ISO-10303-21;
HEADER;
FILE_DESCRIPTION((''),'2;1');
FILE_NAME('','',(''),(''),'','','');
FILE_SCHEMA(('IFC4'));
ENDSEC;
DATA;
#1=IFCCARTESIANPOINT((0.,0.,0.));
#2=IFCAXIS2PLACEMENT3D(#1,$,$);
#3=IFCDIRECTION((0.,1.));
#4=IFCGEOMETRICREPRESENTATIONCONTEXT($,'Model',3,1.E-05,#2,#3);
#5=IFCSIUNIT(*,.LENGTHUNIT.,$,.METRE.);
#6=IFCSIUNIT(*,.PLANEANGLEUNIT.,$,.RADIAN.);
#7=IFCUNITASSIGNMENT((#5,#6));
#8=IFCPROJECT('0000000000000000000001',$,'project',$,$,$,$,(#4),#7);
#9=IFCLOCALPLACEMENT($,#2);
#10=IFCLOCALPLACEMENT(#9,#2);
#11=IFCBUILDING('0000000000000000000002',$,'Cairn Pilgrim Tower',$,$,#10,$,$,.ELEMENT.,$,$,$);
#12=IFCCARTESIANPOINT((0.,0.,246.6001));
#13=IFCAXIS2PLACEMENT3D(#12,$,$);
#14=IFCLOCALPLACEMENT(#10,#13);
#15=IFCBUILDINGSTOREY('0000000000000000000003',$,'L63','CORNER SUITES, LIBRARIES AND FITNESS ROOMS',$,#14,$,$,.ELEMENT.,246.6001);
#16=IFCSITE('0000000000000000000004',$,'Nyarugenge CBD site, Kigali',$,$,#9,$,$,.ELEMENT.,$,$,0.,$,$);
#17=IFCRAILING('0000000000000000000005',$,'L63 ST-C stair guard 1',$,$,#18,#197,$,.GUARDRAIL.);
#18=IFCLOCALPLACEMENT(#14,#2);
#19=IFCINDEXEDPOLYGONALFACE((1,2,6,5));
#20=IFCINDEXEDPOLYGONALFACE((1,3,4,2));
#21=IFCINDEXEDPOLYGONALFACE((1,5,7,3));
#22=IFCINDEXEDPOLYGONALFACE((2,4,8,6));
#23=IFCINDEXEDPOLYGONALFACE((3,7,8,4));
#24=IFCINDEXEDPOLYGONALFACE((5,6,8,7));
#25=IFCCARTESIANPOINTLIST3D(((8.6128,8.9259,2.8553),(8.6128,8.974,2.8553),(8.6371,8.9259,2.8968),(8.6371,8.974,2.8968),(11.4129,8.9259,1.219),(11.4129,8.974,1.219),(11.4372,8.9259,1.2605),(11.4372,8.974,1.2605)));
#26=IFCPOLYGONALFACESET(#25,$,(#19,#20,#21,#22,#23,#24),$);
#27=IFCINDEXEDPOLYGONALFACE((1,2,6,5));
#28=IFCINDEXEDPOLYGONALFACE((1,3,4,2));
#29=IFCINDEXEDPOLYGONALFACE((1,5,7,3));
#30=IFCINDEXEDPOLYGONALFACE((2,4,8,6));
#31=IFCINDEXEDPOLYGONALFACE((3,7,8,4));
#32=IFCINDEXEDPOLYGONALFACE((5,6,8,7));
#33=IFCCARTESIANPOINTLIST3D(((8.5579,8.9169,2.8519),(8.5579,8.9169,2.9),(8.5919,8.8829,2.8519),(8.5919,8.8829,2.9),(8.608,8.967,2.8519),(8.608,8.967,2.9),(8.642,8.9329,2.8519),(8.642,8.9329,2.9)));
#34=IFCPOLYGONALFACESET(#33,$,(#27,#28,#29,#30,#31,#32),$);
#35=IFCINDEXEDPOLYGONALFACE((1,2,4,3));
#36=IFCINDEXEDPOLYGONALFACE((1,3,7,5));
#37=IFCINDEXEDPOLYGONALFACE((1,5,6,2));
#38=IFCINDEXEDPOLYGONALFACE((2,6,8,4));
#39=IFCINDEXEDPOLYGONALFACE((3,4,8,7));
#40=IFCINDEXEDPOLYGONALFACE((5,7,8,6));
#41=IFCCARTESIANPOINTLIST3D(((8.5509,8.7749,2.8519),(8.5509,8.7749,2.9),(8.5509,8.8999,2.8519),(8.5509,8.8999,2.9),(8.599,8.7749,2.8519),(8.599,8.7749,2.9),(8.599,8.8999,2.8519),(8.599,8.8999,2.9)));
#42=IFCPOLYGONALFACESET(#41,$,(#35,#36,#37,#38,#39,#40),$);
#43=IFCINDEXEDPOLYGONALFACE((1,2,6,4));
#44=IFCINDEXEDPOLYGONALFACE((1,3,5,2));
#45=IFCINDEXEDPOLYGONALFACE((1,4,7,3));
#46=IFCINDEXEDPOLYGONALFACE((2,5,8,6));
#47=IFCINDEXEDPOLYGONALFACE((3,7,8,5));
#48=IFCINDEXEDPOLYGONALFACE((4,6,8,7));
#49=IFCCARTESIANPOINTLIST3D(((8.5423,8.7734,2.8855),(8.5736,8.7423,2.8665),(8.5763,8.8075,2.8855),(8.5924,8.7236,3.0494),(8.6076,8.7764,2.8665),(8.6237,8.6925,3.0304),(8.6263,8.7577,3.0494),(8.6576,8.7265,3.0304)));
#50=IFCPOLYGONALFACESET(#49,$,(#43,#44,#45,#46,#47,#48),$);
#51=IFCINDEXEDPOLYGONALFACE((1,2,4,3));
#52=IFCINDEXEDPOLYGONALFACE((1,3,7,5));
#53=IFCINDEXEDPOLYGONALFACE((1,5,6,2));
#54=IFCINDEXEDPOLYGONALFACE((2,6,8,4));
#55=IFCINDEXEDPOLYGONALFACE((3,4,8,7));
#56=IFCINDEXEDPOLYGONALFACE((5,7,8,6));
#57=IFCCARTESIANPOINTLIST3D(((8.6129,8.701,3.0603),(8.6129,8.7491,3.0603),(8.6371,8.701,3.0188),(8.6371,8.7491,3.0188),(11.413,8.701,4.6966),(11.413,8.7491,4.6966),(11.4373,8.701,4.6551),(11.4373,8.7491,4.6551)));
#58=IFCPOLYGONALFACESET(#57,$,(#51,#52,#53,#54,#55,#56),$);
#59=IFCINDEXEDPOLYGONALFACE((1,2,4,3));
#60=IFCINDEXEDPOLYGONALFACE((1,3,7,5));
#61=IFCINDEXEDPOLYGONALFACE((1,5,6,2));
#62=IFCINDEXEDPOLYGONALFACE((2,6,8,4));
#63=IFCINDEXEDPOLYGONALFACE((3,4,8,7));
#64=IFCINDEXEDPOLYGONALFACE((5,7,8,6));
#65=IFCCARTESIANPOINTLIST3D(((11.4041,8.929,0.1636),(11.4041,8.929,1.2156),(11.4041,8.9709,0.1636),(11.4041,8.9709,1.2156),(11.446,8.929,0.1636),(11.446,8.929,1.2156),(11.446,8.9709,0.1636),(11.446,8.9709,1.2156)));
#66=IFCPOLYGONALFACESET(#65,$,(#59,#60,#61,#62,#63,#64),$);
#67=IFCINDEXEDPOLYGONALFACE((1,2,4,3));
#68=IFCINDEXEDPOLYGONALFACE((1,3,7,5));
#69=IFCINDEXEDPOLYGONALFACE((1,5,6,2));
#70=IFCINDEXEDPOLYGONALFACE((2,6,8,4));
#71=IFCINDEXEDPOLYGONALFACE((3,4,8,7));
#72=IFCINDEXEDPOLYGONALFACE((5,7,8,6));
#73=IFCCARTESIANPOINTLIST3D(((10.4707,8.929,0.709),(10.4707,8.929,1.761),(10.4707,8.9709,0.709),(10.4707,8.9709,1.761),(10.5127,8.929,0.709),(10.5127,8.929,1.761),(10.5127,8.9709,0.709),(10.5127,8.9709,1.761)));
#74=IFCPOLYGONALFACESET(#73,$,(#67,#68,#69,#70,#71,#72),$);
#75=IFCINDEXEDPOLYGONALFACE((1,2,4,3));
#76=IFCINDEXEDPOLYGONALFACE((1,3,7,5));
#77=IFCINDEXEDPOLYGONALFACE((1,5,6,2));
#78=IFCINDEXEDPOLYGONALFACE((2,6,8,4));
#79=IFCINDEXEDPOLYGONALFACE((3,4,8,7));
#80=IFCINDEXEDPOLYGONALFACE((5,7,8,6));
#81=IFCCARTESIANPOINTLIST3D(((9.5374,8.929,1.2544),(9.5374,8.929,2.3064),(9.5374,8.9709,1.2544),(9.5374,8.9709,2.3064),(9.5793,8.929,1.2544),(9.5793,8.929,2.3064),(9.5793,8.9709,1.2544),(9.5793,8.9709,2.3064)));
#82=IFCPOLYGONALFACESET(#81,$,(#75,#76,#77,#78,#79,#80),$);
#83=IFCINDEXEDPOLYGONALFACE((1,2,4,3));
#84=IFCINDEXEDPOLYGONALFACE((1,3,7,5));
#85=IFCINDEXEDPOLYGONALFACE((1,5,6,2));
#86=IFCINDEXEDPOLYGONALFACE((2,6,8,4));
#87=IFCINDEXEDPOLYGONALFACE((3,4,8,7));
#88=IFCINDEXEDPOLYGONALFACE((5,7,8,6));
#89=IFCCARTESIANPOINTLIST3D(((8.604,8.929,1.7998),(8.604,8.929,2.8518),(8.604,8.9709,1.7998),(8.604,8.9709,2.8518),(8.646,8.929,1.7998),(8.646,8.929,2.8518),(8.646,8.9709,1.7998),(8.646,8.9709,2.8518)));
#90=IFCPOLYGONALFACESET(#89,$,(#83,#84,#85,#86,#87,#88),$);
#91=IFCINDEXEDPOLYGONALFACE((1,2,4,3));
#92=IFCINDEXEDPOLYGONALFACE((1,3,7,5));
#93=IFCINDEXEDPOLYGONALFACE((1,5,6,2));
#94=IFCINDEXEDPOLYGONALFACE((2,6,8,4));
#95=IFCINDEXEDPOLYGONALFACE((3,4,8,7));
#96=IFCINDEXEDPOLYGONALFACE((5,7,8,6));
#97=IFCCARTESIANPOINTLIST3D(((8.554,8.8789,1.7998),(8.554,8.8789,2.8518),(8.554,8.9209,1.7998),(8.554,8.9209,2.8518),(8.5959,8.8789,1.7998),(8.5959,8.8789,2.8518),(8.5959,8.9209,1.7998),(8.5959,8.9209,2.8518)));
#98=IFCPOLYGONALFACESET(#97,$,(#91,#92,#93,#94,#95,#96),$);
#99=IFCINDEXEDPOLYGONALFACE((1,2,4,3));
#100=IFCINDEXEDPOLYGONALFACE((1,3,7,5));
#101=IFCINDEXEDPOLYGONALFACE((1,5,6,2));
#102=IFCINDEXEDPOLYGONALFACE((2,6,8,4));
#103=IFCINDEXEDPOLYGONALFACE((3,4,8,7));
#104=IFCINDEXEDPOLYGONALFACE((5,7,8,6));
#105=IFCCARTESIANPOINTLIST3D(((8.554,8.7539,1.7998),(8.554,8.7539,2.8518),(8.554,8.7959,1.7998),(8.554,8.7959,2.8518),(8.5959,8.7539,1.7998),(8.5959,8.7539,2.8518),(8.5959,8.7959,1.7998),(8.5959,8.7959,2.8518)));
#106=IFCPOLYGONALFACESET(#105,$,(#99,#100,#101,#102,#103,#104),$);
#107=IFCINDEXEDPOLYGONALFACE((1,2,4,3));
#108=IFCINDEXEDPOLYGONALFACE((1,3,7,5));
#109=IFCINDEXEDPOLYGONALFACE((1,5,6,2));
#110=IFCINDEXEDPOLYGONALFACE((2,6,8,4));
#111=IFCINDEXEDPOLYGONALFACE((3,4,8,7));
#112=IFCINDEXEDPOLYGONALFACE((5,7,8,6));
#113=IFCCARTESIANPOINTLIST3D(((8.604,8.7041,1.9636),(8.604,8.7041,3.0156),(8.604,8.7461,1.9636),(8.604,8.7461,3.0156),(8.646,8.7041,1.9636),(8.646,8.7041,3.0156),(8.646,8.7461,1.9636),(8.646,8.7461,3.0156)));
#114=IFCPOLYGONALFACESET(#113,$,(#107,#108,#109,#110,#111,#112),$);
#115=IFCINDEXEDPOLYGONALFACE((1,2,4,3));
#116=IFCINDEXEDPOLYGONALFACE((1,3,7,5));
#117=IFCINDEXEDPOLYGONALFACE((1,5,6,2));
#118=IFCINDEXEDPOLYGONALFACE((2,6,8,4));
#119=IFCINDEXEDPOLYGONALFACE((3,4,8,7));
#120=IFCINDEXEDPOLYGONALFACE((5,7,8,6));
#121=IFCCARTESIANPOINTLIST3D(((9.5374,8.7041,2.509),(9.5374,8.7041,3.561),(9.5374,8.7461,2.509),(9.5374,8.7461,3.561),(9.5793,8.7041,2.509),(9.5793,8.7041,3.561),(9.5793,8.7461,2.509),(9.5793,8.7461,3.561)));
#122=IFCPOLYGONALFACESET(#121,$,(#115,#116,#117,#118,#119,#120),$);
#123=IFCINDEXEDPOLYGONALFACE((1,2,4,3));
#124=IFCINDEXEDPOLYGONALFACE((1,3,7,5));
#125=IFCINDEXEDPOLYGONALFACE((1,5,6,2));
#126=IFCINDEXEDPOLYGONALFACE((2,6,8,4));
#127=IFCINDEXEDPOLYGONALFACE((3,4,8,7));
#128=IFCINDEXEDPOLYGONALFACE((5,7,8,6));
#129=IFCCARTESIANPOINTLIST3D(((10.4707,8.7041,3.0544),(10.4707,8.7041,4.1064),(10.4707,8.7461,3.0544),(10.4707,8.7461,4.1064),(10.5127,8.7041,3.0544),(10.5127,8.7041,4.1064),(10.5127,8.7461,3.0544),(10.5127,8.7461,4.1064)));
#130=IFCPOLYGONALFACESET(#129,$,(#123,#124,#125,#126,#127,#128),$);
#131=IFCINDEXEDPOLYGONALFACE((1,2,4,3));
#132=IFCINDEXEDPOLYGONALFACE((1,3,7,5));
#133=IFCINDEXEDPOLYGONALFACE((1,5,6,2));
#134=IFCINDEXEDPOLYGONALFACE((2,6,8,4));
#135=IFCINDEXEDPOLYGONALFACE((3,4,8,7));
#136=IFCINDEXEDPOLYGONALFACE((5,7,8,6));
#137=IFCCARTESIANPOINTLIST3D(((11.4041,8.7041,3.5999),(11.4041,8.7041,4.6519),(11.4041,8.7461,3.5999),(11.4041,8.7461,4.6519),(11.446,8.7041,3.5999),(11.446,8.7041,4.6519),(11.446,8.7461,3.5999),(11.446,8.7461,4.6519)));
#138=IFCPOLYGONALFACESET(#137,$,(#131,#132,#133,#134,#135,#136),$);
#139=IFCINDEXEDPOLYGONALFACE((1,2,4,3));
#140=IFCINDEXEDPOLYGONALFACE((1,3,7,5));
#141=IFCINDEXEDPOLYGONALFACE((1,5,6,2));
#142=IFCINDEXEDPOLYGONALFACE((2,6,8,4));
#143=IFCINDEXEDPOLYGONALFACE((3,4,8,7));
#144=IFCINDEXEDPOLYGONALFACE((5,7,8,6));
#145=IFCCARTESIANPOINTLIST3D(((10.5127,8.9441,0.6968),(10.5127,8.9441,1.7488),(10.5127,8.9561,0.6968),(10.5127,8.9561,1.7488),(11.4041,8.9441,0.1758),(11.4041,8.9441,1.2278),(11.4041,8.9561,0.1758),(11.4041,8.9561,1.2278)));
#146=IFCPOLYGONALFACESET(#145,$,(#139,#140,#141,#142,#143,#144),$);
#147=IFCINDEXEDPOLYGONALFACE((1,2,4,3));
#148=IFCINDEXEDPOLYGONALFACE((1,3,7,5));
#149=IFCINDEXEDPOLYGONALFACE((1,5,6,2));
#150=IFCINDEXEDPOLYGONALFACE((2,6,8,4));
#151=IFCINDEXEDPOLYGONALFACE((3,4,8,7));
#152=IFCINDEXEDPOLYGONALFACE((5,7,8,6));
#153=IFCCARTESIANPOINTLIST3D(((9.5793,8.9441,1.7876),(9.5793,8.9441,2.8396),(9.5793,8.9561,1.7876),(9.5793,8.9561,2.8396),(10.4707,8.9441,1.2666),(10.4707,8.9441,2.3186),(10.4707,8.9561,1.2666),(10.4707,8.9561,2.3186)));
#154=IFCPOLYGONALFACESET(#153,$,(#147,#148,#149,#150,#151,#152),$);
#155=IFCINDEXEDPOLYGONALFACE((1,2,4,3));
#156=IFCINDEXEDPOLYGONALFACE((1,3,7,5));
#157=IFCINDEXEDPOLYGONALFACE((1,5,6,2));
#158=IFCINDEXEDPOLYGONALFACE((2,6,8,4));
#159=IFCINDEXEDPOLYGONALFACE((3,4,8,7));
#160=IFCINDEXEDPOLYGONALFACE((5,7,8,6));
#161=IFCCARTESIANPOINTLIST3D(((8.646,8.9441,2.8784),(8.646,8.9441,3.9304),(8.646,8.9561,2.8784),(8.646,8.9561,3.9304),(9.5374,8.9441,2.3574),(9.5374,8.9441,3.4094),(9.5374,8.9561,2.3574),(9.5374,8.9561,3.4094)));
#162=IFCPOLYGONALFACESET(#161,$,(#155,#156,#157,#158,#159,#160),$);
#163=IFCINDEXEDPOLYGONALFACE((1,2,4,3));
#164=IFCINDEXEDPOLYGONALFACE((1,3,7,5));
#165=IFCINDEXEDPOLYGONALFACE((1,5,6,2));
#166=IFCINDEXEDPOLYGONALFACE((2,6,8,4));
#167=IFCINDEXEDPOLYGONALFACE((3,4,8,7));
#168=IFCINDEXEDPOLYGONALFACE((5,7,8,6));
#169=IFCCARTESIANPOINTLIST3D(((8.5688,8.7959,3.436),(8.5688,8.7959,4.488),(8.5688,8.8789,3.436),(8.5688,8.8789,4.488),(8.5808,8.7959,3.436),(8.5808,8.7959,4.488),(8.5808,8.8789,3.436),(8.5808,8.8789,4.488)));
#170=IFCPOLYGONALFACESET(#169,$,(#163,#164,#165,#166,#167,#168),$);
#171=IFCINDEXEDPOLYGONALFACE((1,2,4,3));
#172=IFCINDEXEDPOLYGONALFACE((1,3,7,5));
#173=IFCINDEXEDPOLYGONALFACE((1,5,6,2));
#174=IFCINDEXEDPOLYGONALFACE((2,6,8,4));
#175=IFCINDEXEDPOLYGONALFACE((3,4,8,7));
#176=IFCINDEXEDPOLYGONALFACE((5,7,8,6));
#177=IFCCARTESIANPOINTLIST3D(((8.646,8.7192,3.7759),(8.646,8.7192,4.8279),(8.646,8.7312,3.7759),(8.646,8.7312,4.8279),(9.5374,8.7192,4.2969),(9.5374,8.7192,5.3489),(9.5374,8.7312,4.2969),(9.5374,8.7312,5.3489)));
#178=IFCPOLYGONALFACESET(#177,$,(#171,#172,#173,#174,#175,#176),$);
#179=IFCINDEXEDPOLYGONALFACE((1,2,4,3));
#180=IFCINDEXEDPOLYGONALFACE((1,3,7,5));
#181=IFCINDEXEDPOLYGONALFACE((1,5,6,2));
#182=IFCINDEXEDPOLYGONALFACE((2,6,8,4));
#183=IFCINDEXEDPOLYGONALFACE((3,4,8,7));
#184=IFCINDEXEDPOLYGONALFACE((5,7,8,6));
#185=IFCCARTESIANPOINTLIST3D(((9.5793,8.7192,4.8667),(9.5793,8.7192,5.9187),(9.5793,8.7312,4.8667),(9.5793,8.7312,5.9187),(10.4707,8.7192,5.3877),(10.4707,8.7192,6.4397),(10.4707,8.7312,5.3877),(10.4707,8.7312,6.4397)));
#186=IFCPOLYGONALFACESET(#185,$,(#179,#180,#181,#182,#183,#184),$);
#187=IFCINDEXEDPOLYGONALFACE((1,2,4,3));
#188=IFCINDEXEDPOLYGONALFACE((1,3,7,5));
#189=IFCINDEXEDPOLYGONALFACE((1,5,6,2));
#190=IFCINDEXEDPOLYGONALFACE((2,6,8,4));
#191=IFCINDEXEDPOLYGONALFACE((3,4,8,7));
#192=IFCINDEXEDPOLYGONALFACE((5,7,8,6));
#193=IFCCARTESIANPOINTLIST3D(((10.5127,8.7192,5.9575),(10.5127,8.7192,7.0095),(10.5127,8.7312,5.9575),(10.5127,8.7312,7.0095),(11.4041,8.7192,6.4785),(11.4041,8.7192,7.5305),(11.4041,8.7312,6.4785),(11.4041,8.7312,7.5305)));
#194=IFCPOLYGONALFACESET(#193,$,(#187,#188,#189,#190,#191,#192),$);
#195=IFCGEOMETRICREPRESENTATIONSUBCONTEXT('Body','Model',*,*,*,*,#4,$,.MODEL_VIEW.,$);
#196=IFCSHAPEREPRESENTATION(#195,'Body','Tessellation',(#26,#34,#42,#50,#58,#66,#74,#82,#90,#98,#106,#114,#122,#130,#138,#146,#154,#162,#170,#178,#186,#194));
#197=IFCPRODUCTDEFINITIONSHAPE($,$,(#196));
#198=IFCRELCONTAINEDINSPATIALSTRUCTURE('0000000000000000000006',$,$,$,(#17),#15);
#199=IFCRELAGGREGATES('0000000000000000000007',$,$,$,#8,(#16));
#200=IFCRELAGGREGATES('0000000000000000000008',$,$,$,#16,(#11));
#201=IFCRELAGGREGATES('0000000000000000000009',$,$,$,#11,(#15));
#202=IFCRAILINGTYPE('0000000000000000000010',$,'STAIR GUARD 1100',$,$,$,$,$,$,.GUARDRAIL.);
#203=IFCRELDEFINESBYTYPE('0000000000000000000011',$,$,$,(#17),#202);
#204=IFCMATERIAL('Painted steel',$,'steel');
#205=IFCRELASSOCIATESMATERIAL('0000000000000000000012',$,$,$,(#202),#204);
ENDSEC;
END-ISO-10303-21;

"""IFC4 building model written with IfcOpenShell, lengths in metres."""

from ifc_helpers import new_model, si_unit, direction, frame, origin, origin_2d, place, context, subcontext, project, spatial, polyline, rectangle, outline, extrude, material, type_object, element, save


model = new_model("IFC4")

# Units and contexts
model_context = context("Model", 3, precision=1e-05, world=origin(), true_north=direction((0.0, 1.0)))
body_context = subcontext(model_context, "Body", "Model", "MODEL_VIEW")
ifc_project = project(units=[si_unit("LENGTHUNIT", "METRE"), si_unit("PLANEANGLEUNIT", "RADIAN")], contexts=[model_context])

# Site, building, storey
site_placement = place(None, origin())
site = spatial("IfcSite", under=ifc_project, at=site_placement, Name="Nyarugenge CBD site, Kigali", CompositionType="ELEMENT", RefElevation=0.0)
building_placement = place(site_placement, origin())
building = spatial("IfcBuilding", under=site, at=building_placement, Name="Cairn Pilgrim Tower", CompositionType="ELEMENT")
storey_placement = place(building_placement, frame((0.0, 0.0, 246.6001)))
storey = spatial("IfcBuildingStorey", under=building, at=storey_placement, Name="L63", Description="CORNER SUITES, LIBRARIES AND FITNESS ROOMS", CompositionType="ELEMENT", Elevation=246.6001)

# Shared definitions
ifc_material_1 = material(Name="Painted steel", Category="steel")

# Railing
railing_type_1 = type_object("IfcRailingType", Name="STAIR GUARD 1100", PredefinedType="GUARDRAIL", material=ifc_material_1)
railing_1_placement = place(storey_placement, frame((11.425, 8.95, 0.1636)))
element("IfcRailing", 1, at=railing_1_placement, inside=storey, type_object=railing_type_1, Name="L63 ST-C stair guard 1", PredefinedType="GUARDRAIL", context=body_context, shape_type="SweptSolid", body=[
    extrude(rectangle(XDim=0.0481, YDim=0.0481, at=origin_2d()), frame((0.0, 0.0, 1.0762), z_axis=(-0.863394, 0.0, 0.504531), x_axis=(0.0, -1.0, 0.0)), (0.0, 0.0, 1.0), 3.2432),
    extrude(rectangle(XDim=0.0481, YDim=0.0481, at=origin_2d()), frame((-2.8, 0.0, 2.7124), z_axis=(-0.707107, -0.707107, 0.0), x_axis=(0.707107, -0.707107, 0.0)), (0.0, 0.0, 1.0), 0.0708),
    extrude(rectangle(XDim=0.0481, YDim=0.0481, at=origin_2d()), frame((-2.8501, -0.05, 2.7124), z_axis=(0.0, -1.0, 0.0), x_axis=(1.0, 0.0, 0.0)), (0.0, 0.0, 1.0), 0.125),
    extrude(rectangle(XDim=0.0481, YDim=0.0481, at=origin_2d()), frame((-2.8501, -0.175, 2.7124), z_axis=(0.280564, -0.279195, 0.918332), x_axis=(0.705376, 0.708834, 0.0)), (0.0, 0.0, 1.0), 0.1785),
    extrude(rectangle(XDim=0.0481, YDim=0.0481, at=origin_2d()), frame((-2.8, -0.2249, 2.876), z_axis=(0.863394, 0.0, 0.504531), x_axis=(0.0, 1.0, 0.0)), (0.0, 0.0, 1.0), 3.2432),
    extrude(rectangle(XDim=0.042, YDim=0.042, at=origin_2d()), origin(), (0.0, 0.0, 1.0), 1.052),
    extrude(rectangle(XDim=0.042, YDim=0.042, at=origin_2d()), frame((-0.9333, 0.0, 0.5454)), (0.0, 0.0, 1.0), 1.052),
    extrude(rectangle(XDim=0.042, YDim=0.042, at=origin_2d()), frame((-1.8667, 0.0, 1.0908)), (0.0, 0.0, 1.0), 1.052),
    extrude(rectangle(XDim=0.042, YDim=0.042, at=origin_2d()), frame((-2.8, 0.0, 1.6362)), (0.0, 0.0, 1.0), 1.052),
    extrude(rectangle(XDim=0.042, YDim=0.042, at=origin_2d()), frame((-2.8501, -0.05, 1.6362)), (0.0, 0.0, 1.0), 1.052),
    extrude(rectangle(XDim=0.042, YDim=0.042, at=origin_2d()), frame((-2.8501, -0.175, 1.6362)), (0.0, 0.0, 1.0), 1.052),
    extrude(rectangle(XDim=0.042, YDim=0.042, at=origin_2d()), frame((-2.8, -0.2249, 1.8)), (0.0, 0.0, 1.0), 1.052),
    extrude(rectangle(XDim=0.042, YDim=0.042, at=origin_2d()), frame((-1.8667, -0.2249, 2.3455)), (0.0, 0.0, 1.0), 1.052),
    extrude(rectangle(XDim=0.042, YDim=0.042, at=origin_2d()), frame((-0.9333, -0.2249, 2.8909)), (0.0, 0.0, 1.0), 1.052),
    extrude(rectangle(XDim=0.042, YDim=0.042, at=origin_2d()), frame((0.0, -0.2249, 3.4363)), (0.0, 0.0, 1.0), 1.052),
    extrude(outline(polyline([(0.021, 0.0122), (0.9124, 0.5332), (0.9124, 1.5852), (0.021, 1.0642), (0.021, 0.0122)])), frame((0.0, -0.0059, 0.0), z_axis=(0.0, 1.0, 0.0), x_axis=(-1.0, 0.0, 0.0)), (0.0, 0.0, 1.0), 0.012),
    extrude(outline(polyline([(0.021, 0.5576), (0.9124, 1.0786), (0.9124, 2.1306), (0.021, 1.6096), (0.021, 0.5576)])), frame((-0.9333, -0.0059, 0.5454), z_axis=(0.0, 1.0, 0.0), x_axis=(-1.0, 0.0, 0.0)), (0.0, 0.0, 1.0), 0.012),
    extrude(outline(polyline([(0.021, 1.103), (0.9124, 1.624), (0.9124, 2.676), (0.021, 2.155), (0.021, 1.103)])), frame((-1.8667, -0.0059, 1.0908), z_axis=(0.0, 1.0, 0.0), x_axis=(-1.0, 0.0, 0.0)), (0.0, 0.0, 1.0), 0.012),
    extrude(outline(polyline([(0.021, 1.6362), (0.104, 1.6362), (0.104, 2.6882), (0.021, 2.6882), (0.021, 1.6362)])), frame((-2.8442, -0.05, 1.6362), z_axis=(-1.0, 0.0, 0.0), x_axis=(0.0, -1.0, 0.0)), (0.0, 0.0, 1.0), 0.012),
    extrude(outline(polyline([(0.021, 1.8123), (0.9124, 2.3333), (0.9124, 3.3853), (0.021, 2.8643), (0.021, 1.8123)])), frame((-2.8, -0.2188, 1.8), z_axis=(0.0, -1.0, 0.0), x_axis=(1.0, 0.0, 0.0)), (0.0, 0.0, 1.0), 0.012),
    extrude(outline(polyline([(0.021, 2.3577), (0.9124, 2.8787), (0.9124, 3.9307), (0.021, 3.4097), (0.021, 2.3577)])), frame((-1.8667, -0.2188, 2.3455), z_axis=(0.0, -1.0, 0.0), x_axis=(1.0, 0.0, 0.0)), (0.0, 0.0, 1.0), 0.012),
    extrude(outline(polyline([(0.021, 2.9031), (0.9124, 3.4241), (0.9124, 4.4761), (0.021, 3.9551), (0.021, 2.9031)])), frame((-0.9333, -0.2188, 2.8909), z_axis=(0.0, -1.0, 0.0), x_axis=(1.0, 0.0, 0.0)), (0.0, 0.0, 1.0), 0.012),
])

save(model, "model.ifc")
